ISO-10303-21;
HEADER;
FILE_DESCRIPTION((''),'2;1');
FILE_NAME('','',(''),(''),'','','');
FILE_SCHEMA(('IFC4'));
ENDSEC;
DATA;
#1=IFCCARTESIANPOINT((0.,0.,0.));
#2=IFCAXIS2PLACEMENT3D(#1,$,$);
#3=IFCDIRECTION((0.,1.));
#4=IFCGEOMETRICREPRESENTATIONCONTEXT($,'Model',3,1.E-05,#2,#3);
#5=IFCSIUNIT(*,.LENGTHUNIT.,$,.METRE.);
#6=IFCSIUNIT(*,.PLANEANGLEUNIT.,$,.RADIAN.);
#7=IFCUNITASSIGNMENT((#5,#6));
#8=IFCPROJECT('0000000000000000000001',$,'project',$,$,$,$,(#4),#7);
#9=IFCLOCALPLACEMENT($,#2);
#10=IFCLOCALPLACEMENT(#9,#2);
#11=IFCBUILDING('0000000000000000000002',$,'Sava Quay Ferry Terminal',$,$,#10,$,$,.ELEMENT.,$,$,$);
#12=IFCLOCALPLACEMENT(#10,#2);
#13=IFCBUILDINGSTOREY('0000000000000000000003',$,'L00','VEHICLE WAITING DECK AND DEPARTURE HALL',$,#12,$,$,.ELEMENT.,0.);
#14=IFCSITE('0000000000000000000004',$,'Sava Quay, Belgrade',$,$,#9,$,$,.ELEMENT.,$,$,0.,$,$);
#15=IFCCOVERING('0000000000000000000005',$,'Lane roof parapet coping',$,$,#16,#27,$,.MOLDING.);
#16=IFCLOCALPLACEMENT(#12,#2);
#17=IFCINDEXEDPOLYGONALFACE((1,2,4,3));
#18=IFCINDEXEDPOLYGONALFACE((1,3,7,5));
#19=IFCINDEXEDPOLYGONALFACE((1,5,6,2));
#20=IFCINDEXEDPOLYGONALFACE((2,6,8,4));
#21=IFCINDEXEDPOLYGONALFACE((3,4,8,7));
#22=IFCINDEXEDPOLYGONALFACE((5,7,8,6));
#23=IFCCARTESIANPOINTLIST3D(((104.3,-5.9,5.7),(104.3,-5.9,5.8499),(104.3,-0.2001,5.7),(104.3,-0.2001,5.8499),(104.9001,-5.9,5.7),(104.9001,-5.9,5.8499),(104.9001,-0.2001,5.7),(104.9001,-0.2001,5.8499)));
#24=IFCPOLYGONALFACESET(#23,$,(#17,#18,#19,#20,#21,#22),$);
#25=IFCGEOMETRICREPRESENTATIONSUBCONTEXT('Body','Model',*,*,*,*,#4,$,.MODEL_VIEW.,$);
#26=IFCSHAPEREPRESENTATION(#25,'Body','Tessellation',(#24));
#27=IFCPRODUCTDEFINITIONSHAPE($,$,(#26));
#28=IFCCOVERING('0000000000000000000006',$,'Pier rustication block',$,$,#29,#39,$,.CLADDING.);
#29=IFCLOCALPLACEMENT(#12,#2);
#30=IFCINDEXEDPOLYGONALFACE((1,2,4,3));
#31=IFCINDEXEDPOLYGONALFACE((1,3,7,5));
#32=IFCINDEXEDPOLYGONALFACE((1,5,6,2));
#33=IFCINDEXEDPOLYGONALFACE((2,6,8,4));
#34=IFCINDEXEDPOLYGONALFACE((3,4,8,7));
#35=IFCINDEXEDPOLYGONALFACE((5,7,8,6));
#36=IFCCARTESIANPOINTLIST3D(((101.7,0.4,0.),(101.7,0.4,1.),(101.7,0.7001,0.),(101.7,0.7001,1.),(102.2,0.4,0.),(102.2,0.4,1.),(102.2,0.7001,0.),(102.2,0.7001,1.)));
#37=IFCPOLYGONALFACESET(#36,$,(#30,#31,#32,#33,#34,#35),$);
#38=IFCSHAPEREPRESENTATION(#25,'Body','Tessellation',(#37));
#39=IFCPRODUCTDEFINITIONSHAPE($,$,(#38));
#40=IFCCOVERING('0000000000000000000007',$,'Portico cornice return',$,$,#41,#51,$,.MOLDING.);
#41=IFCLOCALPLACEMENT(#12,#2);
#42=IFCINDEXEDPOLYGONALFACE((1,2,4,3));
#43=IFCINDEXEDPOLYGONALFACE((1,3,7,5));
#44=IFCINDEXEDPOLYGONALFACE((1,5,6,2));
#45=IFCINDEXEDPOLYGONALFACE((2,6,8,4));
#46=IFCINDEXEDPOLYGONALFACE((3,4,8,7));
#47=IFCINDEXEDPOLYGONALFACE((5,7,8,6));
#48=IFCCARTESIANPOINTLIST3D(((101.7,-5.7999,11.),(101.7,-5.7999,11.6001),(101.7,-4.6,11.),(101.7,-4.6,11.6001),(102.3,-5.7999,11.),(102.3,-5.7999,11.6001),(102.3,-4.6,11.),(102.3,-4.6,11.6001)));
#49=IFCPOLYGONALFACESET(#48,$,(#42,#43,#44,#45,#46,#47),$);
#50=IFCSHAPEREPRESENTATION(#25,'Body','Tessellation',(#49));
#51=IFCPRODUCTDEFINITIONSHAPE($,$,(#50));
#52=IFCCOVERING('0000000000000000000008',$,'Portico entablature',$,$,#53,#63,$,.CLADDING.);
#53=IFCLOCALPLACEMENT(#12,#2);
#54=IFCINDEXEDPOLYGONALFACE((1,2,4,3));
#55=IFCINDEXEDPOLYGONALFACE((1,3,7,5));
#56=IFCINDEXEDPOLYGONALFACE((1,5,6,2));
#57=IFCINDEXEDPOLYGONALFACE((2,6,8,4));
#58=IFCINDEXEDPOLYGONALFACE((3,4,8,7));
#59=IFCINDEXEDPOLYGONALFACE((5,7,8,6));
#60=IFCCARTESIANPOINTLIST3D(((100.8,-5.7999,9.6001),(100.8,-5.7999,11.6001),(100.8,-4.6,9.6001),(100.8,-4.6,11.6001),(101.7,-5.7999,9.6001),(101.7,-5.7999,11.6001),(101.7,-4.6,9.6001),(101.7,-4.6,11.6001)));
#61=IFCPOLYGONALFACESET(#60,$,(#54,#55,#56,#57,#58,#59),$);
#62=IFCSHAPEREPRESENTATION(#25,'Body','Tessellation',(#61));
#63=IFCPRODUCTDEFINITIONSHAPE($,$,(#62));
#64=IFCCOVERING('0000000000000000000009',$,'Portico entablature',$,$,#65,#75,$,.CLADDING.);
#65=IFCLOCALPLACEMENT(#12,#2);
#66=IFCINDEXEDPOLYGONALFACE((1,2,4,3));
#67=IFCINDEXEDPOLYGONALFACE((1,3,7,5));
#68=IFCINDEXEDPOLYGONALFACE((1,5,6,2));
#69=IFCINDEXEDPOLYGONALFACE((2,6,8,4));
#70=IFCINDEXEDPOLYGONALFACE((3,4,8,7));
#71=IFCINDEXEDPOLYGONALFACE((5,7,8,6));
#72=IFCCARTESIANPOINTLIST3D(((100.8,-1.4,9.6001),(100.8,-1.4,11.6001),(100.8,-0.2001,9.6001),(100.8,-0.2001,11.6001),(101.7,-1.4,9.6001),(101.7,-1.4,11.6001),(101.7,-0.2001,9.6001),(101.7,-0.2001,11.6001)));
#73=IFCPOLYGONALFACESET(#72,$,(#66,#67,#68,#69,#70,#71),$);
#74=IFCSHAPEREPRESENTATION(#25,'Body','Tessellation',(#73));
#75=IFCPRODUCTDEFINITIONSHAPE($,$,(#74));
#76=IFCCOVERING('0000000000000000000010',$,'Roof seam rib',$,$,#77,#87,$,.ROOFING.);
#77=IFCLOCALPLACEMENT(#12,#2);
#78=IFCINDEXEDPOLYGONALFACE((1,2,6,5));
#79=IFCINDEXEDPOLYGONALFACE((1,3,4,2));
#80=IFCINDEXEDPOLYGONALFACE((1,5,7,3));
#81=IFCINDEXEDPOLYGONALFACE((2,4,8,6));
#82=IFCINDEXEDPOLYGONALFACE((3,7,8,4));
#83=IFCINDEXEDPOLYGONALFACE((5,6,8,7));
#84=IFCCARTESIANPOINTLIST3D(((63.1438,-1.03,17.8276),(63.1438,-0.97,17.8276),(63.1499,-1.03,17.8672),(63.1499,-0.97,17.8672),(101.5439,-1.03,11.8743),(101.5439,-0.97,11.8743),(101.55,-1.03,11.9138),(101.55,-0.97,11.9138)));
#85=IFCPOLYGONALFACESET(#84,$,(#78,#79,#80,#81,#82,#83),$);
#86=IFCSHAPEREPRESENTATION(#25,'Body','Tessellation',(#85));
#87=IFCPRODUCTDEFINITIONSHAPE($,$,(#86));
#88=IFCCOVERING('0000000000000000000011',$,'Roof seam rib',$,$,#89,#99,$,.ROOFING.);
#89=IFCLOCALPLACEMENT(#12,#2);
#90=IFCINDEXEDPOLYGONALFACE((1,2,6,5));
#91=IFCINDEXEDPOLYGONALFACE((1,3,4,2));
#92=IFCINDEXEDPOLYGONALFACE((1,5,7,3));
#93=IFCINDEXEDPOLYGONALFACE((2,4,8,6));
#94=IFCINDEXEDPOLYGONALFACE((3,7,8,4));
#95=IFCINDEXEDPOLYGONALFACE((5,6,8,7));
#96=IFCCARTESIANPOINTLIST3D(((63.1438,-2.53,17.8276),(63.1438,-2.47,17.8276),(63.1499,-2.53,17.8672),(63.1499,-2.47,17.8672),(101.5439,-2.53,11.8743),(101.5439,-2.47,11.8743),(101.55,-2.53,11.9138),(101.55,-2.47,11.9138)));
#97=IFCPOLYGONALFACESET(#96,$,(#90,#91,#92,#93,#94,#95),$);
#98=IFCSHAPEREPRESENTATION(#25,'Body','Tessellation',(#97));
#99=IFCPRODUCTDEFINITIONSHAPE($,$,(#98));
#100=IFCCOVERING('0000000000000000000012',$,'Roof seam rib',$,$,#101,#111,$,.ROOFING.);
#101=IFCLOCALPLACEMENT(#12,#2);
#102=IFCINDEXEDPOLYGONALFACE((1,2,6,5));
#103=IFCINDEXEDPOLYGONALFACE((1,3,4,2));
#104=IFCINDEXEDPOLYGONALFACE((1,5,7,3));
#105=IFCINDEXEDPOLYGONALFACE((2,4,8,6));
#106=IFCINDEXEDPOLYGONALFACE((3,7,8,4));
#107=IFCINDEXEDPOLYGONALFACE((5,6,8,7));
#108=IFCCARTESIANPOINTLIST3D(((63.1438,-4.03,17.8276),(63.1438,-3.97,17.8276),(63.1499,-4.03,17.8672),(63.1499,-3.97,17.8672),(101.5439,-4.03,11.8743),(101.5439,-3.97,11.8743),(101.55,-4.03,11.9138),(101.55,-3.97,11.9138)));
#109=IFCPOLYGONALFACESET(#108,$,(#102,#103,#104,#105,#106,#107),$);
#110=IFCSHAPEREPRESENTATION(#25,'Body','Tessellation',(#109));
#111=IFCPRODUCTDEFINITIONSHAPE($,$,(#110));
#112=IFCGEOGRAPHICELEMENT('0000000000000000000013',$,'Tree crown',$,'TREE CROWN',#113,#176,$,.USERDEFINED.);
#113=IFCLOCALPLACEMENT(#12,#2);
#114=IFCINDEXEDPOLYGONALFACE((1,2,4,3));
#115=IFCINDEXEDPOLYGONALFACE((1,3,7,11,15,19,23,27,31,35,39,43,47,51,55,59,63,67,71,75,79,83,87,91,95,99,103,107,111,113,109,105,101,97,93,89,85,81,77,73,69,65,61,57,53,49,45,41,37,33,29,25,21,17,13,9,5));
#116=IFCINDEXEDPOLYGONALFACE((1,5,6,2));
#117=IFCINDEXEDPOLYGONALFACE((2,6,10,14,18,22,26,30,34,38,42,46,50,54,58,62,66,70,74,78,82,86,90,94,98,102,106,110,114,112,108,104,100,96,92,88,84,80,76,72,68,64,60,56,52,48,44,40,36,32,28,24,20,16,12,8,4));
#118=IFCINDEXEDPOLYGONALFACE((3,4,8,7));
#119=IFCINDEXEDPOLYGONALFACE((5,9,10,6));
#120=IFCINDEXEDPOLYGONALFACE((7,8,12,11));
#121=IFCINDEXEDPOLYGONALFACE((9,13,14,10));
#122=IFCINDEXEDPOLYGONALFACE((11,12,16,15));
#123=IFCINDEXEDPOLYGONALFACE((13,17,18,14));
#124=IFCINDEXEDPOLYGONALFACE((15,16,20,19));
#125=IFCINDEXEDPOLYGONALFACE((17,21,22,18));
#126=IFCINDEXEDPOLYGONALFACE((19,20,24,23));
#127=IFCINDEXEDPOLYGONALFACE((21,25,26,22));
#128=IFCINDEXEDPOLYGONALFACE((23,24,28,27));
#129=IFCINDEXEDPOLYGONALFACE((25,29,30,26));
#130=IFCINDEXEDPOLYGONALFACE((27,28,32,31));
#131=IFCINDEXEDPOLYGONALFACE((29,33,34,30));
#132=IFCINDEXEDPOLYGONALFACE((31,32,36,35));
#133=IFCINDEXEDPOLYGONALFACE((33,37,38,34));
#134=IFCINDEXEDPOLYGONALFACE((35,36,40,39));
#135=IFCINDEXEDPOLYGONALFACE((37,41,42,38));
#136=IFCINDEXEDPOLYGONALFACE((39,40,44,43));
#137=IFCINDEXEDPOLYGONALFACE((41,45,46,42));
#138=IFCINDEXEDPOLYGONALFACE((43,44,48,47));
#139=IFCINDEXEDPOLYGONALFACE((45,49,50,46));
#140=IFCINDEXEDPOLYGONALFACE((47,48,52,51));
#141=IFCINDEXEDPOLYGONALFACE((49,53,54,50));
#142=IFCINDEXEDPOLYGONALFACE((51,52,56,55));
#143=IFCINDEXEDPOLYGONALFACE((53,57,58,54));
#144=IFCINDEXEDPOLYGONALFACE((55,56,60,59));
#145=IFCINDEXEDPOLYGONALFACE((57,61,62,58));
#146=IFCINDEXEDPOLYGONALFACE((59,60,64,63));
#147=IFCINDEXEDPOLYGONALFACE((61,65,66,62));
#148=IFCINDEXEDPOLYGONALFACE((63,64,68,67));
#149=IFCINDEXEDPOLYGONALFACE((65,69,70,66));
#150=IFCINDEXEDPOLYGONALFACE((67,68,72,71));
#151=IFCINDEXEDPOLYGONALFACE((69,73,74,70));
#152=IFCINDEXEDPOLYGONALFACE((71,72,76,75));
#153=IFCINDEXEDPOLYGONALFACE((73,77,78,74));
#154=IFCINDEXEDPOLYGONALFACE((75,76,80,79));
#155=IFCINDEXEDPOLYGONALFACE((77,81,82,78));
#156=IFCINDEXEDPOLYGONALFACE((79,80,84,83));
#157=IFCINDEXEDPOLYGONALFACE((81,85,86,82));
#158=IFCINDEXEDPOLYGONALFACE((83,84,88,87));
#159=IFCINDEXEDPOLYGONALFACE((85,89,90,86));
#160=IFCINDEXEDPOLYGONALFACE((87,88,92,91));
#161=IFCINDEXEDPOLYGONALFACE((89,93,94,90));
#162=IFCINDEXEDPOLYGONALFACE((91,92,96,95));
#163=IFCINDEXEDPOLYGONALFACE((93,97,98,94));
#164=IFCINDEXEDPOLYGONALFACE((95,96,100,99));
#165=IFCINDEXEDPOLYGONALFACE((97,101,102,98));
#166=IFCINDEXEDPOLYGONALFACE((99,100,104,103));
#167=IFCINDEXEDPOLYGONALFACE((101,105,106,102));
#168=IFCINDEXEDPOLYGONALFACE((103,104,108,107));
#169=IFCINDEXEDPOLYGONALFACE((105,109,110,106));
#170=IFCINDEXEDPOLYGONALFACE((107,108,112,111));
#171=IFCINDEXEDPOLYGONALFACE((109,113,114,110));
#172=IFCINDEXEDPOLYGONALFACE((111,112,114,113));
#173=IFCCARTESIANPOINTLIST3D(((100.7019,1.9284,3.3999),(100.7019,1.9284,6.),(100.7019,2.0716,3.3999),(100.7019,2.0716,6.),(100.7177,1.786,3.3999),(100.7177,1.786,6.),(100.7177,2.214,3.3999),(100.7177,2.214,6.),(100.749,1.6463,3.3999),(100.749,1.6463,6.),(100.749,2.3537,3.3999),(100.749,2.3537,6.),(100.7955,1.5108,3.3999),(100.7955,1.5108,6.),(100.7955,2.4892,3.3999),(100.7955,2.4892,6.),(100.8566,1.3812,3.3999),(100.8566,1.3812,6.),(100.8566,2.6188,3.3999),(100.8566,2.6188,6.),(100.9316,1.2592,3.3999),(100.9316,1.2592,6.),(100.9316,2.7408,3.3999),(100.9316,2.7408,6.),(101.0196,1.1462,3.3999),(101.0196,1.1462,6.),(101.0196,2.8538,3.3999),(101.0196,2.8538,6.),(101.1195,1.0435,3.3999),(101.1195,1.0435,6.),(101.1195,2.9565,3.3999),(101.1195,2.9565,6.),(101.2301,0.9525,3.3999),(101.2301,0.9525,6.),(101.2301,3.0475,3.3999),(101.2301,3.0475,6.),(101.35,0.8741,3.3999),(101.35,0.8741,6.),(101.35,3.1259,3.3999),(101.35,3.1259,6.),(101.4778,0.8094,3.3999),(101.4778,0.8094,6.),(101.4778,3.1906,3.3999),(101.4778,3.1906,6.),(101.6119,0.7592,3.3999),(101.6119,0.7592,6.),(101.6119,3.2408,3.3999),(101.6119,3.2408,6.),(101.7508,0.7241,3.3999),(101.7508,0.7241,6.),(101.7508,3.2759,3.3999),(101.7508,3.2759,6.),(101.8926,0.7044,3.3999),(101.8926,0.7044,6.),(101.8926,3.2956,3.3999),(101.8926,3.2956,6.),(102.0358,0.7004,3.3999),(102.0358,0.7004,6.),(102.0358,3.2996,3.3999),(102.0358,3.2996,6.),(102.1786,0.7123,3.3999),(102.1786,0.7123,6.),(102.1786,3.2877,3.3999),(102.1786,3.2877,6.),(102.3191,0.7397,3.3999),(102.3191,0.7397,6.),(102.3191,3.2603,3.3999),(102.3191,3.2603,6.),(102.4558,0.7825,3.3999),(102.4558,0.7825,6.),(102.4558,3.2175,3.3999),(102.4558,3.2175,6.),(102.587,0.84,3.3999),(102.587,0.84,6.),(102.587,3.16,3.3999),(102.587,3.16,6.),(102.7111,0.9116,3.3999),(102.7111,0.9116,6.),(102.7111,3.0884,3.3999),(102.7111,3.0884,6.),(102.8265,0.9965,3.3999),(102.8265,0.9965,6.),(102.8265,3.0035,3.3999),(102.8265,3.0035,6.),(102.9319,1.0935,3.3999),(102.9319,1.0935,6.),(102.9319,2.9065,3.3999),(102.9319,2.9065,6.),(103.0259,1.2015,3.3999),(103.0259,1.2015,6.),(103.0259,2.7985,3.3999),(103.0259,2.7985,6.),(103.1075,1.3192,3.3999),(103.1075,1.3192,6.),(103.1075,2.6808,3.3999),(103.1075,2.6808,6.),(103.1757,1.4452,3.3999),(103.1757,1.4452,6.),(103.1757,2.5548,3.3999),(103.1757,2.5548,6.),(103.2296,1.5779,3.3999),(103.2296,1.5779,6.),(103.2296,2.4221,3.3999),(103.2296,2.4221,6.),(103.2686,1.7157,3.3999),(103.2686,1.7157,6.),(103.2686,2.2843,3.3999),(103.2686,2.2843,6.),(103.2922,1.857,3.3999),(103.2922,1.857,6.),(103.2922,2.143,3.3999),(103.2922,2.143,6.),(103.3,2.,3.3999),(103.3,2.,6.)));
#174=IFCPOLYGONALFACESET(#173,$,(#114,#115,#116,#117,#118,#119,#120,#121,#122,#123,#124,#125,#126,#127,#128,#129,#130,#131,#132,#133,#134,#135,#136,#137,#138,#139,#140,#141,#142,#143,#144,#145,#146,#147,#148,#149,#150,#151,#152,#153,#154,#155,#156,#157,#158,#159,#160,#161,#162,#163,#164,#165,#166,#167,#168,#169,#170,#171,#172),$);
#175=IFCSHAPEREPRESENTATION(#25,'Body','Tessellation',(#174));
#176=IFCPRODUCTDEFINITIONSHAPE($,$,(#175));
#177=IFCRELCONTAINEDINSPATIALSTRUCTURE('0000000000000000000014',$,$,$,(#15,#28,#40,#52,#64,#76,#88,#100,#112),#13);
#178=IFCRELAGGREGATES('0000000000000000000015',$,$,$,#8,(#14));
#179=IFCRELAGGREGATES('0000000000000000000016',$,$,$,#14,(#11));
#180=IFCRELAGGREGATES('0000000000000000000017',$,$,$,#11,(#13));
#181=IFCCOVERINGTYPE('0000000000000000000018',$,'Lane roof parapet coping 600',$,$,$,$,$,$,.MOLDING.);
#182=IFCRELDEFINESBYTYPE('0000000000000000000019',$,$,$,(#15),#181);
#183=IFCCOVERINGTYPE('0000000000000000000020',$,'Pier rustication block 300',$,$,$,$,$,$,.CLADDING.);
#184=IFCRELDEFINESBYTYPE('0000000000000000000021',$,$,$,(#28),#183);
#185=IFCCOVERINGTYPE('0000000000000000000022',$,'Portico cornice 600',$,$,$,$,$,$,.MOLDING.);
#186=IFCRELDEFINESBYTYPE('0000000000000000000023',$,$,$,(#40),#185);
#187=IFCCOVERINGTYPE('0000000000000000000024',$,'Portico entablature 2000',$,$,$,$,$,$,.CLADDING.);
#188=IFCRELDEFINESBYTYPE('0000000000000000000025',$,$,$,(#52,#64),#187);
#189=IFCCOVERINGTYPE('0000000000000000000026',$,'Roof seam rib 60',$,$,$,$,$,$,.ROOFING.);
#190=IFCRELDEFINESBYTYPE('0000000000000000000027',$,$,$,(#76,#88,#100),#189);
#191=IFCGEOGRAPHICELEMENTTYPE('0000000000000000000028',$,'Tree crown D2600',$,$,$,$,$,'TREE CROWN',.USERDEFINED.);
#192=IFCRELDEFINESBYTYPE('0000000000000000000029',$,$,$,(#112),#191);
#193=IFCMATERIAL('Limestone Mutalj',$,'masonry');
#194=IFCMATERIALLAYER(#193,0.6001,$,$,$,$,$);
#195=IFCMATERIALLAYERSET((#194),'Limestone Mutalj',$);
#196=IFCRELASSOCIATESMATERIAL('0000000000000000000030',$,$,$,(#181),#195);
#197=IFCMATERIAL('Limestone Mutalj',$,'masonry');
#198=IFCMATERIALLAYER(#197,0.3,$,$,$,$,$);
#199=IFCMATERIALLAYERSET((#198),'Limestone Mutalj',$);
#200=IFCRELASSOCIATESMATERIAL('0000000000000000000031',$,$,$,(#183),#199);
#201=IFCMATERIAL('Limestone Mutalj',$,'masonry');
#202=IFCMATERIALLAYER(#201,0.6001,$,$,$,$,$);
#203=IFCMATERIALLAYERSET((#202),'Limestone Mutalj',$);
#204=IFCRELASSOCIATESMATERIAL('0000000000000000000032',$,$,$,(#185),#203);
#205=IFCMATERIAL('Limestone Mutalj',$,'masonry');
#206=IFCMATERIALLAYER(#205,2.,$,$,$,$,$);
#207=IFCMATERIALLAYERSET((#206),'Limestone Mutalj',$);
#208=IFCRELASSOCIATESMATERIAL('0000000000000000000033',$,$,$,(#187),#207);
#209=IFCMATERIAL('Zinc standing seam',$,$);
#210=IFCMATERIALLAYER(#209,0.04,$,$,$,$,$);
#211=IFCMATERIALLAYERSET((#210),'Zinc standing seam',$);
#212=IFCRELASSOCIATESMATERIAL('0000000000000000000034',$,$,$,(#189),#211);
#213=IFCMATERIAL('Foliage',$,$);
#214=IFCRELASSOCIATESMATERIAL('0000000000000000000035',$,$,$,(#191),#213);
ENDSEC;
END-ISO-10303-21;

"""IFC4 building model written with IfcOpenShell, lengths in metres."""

from ifc_helpers import new_model, si_unit, direction, frame, origin, origin_2d, place, context, subcontext, project, spatial, polyline, rectangle, circle, outline, extrude, material, layer, layer_set, type_object, element, save


model = new_model("IFC4")

# Units and contexts
model_context = context("Model", 3, precision=1e-05, world=origin(), true_north=direction((0.0, 1.0)))
body_context = subcontext(model_context, "Body", "Model", "MODEL_VIEW")
ifc_project = project(units=[si_unit("LENGTHUNIT", "METRE"), si_unit("PLANEANGLEUNIT", "RADIAN")], contexts=[model_context])

# Site, building, storey
site_placement = place(None, origin())
site = spatial("IfcSite", under=ifc_project, at=site_placement, Name="Sava Quay, Belgrade", CompositionType="ELEMENT", RefElevation=0.0)
building_placement = place(site_placement, origin())
building = spatial("IfcBuilding", under=site, at=building_placement, Name="Sava Quay Ferry Terminal", CompositionType="ELEMENT")
storey_placement = place(building_placement, origin())
storey = spatial("IfcBuildingStorey", under=building, at=storey_placement, Name="L00", Description="VEHICLE WAITING DECK AND DEPARTURE HALL", CompositionType="ELEMENT", Elevation=0.0)

# Coverings
ifc_material_1 = material(Name="Limestone Mutalj", Category="masonry")
ifc_layer_1 = layer(ifc_material_1, 0.6001)
ifc_layer_set_1 = layer_set([ifc_layer_1], Name="Limestone Mutalj")
covering_type_1 = type_object("IfcCoveringType", Name="Lane roof parapet coping 600", PredefinedType="MOLDING", material=ifc_layer_set_1)
covering_1_placement = place(storey_placement, frame((104.6001, -3.05, 5.7), z_axis=(0.0, 0.0, 1.0), x_axis=(1.0, 0.0, 0.0)))
element("IfcCovering", 1, at=covering_1_placement, inside=storey, type_object=covering_type_1, Name="Lane roof parapet coping", PredefinedType="MOLDING", context=body_context, shape_type="SweptSolid", body=[
    extrude(rectangle(XDim=0.6001, YDim=5.7, at=origin_2d()), origin(), (0.0, 0.0, 1.0), 0.1499),
])
ifc_material_2 = material(Name="Limestone Mutalj", Category="masonry")
ifc_layer_2 = layer(ifc_material_2, 0.3)
ifc_layer_set_2 = layer_set([ifc_layer_2], Name="Limestone Mutalj")
covering_type_2 = type_object("IfcCoveringType", Name="Pier rustication block 300", PredefinedType="CLADDING", material=ifc_layer_set_2)
covering_2_placement = place(storey_placement, frame((101.95, 0.55, 0.0), z_axis=(0.0, 0.0, 1.0), x_axis=(1.0, 0.0, 0.0)))
element("IfcCovering", 2, at=covering_2_placement, inside=storey, type_object=covering_type_2, Name="Pier rustication block", PredefinedType="CLADDING", context=body_context, shape_type="SweptSolid", body=[
    extrude(rectangle(XDim=0.5, YDim=0.3, at=origin_2d()), origin(), (0.0, 0.0, 1.0), 1.0),
])
ifc_material_3 = material(Name="Limestone Mutalj", Category="masonry")
ifc_layer_3 = layer(ifc_material_3, 0.6001)
ifc_layer_set_3 = layer_set([ifc_layer_3], Name="Limestone Mutalj")
covering_type_3 = type_object("IfcCoveringType", Name="Portico cornice 600", PredefinedType="MOLDING", material=ifc_layer_set_3)
covering_3_placement = place(storey_placement, frame((102.0, -5.2, 11.0), z_axis=(0.0, 0.0, 1.0), x_axis=(1.0, 0.0, 0.0)))
element("IfcCovering", 3, at=covering_3_placement, inside=storey, type_object=covering_type_3, Name="Portico cornice return", PredefinedType="MOLDING", context=body_context, shape_type="SweptSolid", body=[
    extrude(rectangle(XDim=0.6001, YDim=1.2, at=origin_2d()), origin(), (0.0, 0.0, 1.0), 0.6001),
])
ifc_material_4 = material(Name="Limestone Mutalj", Category="masonry")
ifc_layer_4 = layer(ifc_material_4, 2.0)
ifc_layer_set_4 = layer_set([ifc_layer_4], Name="Limestone Mutalj")
covering_type_4 = type_object("IfcCoveringType", Name="Portico entablature 2000", PredefinedType="CLADDING", material=ifc_layer_set_4)
for number, where, z_axis, x_axis, name in (
    (4, (101.25, -5.2, 9.6001), (0.0, 0.0, 1.0), (1.0, 0.0, 0.0), "Portico entablature"),
    (5, (101.25, -0.8, 9.6001), (0.0, 0.0, 1.0), (1.0, 0.0, 0.0), "Portico entablature"),
):
    element("IfcCovering", number, at=place(storey_placement, frame(where, z_axis=z_axis, x_axis=x_axis)), inside=storey, type_object=covering_type_4, Name=name, PredefinedType="CLADDING", context=body_context, shape_type="SweptSolid", body=[
        extrude(rectangle(XDim=0.8999, YDim=1.2, at=origin_2d()), origin(), (0.0, 0.0, 1.0), 2.0),
    ])
ifc_material_5 = material(Name="Zinc standing seam")
ifc_layer_5 = layer(ifc_material_5, 0.04)
ifc_layer_set_5 = layer_set([ifc_layer_5], Name="Zinc standing seam")
covering_type_5 = type_object("IfcCoveringType", Name="Roof seam rib 60", PredefinedType="ROOFING", material=ifc_layer_set_5)
for number, where, z_axis, x_axis, name in (
    (6, (101.55, -1.03, 11.9138), (0.153205, 0.0, 0.988194), (-0.988194, 0.0, 0.153205), "Roof seam rib"),
    (7, (101.55, -2.53, 11.9138), (0.153205, 0.0, 0.988194), (-0.988194, 0.0, 0.153205), "Roof seam rib"),
    (8, (101.55, -4.03, 11.9138), (0.153205, 0.0, 0.988194), (-0.988194, 0.0, 0.153205), "Roof seam rib"),
):
    element("IfcCovering", number, at=place(storey_placement, frame(where, z_axis=z_axis, x_axis=x_axis)), inside=storey, type_object=covering_type_5, Name=name, PredefinedType="ROOFING", context=body_context, shape_type="SweptSolid", body=[
        extrude(outline(polyline([(0.0, 0.0), (38.8589, 0.0), (38.8589, -0.0601), (0.0, -0.0601), (0.0, 0.0)])), origin(), (0.0, 0.0, -1.0), 0.04),
    ])

# Geographic element
ifc_material_6 = material(Name="Foliage")
geographic_element_type_1 = type_object("IfcGeographicElementType", Name="Tree crown D2600", ElementType="TREE CROWN", PredefinedType="USERDEFINED", material=ifc_material_6)
for number, where, z_axis, x_axis, name in (
    (9, (102.0, 2.0, 6.0), (0.0, 0.0, -1.0), (1.0, 0.0, 0.0), "Tree crown"),
):
    element("IfcGeographicElement", number, at=place(storey_placement, frame(where, z_axis=z_axis, x_axis=x_axis)), inside=storey, type_object=geographic_element_type_1, Name=name, ObjectType="TREE CROWN", PredefinedType="USERDEFINED", context=body_context, shape_type="SweptSolid", body=[
        extrude(circle(Radius=1.3, at=origin_2d()), origin(), (0.0, 0.0, 1.0), 2.6001),
    ])

save(model, "model.ifc")
